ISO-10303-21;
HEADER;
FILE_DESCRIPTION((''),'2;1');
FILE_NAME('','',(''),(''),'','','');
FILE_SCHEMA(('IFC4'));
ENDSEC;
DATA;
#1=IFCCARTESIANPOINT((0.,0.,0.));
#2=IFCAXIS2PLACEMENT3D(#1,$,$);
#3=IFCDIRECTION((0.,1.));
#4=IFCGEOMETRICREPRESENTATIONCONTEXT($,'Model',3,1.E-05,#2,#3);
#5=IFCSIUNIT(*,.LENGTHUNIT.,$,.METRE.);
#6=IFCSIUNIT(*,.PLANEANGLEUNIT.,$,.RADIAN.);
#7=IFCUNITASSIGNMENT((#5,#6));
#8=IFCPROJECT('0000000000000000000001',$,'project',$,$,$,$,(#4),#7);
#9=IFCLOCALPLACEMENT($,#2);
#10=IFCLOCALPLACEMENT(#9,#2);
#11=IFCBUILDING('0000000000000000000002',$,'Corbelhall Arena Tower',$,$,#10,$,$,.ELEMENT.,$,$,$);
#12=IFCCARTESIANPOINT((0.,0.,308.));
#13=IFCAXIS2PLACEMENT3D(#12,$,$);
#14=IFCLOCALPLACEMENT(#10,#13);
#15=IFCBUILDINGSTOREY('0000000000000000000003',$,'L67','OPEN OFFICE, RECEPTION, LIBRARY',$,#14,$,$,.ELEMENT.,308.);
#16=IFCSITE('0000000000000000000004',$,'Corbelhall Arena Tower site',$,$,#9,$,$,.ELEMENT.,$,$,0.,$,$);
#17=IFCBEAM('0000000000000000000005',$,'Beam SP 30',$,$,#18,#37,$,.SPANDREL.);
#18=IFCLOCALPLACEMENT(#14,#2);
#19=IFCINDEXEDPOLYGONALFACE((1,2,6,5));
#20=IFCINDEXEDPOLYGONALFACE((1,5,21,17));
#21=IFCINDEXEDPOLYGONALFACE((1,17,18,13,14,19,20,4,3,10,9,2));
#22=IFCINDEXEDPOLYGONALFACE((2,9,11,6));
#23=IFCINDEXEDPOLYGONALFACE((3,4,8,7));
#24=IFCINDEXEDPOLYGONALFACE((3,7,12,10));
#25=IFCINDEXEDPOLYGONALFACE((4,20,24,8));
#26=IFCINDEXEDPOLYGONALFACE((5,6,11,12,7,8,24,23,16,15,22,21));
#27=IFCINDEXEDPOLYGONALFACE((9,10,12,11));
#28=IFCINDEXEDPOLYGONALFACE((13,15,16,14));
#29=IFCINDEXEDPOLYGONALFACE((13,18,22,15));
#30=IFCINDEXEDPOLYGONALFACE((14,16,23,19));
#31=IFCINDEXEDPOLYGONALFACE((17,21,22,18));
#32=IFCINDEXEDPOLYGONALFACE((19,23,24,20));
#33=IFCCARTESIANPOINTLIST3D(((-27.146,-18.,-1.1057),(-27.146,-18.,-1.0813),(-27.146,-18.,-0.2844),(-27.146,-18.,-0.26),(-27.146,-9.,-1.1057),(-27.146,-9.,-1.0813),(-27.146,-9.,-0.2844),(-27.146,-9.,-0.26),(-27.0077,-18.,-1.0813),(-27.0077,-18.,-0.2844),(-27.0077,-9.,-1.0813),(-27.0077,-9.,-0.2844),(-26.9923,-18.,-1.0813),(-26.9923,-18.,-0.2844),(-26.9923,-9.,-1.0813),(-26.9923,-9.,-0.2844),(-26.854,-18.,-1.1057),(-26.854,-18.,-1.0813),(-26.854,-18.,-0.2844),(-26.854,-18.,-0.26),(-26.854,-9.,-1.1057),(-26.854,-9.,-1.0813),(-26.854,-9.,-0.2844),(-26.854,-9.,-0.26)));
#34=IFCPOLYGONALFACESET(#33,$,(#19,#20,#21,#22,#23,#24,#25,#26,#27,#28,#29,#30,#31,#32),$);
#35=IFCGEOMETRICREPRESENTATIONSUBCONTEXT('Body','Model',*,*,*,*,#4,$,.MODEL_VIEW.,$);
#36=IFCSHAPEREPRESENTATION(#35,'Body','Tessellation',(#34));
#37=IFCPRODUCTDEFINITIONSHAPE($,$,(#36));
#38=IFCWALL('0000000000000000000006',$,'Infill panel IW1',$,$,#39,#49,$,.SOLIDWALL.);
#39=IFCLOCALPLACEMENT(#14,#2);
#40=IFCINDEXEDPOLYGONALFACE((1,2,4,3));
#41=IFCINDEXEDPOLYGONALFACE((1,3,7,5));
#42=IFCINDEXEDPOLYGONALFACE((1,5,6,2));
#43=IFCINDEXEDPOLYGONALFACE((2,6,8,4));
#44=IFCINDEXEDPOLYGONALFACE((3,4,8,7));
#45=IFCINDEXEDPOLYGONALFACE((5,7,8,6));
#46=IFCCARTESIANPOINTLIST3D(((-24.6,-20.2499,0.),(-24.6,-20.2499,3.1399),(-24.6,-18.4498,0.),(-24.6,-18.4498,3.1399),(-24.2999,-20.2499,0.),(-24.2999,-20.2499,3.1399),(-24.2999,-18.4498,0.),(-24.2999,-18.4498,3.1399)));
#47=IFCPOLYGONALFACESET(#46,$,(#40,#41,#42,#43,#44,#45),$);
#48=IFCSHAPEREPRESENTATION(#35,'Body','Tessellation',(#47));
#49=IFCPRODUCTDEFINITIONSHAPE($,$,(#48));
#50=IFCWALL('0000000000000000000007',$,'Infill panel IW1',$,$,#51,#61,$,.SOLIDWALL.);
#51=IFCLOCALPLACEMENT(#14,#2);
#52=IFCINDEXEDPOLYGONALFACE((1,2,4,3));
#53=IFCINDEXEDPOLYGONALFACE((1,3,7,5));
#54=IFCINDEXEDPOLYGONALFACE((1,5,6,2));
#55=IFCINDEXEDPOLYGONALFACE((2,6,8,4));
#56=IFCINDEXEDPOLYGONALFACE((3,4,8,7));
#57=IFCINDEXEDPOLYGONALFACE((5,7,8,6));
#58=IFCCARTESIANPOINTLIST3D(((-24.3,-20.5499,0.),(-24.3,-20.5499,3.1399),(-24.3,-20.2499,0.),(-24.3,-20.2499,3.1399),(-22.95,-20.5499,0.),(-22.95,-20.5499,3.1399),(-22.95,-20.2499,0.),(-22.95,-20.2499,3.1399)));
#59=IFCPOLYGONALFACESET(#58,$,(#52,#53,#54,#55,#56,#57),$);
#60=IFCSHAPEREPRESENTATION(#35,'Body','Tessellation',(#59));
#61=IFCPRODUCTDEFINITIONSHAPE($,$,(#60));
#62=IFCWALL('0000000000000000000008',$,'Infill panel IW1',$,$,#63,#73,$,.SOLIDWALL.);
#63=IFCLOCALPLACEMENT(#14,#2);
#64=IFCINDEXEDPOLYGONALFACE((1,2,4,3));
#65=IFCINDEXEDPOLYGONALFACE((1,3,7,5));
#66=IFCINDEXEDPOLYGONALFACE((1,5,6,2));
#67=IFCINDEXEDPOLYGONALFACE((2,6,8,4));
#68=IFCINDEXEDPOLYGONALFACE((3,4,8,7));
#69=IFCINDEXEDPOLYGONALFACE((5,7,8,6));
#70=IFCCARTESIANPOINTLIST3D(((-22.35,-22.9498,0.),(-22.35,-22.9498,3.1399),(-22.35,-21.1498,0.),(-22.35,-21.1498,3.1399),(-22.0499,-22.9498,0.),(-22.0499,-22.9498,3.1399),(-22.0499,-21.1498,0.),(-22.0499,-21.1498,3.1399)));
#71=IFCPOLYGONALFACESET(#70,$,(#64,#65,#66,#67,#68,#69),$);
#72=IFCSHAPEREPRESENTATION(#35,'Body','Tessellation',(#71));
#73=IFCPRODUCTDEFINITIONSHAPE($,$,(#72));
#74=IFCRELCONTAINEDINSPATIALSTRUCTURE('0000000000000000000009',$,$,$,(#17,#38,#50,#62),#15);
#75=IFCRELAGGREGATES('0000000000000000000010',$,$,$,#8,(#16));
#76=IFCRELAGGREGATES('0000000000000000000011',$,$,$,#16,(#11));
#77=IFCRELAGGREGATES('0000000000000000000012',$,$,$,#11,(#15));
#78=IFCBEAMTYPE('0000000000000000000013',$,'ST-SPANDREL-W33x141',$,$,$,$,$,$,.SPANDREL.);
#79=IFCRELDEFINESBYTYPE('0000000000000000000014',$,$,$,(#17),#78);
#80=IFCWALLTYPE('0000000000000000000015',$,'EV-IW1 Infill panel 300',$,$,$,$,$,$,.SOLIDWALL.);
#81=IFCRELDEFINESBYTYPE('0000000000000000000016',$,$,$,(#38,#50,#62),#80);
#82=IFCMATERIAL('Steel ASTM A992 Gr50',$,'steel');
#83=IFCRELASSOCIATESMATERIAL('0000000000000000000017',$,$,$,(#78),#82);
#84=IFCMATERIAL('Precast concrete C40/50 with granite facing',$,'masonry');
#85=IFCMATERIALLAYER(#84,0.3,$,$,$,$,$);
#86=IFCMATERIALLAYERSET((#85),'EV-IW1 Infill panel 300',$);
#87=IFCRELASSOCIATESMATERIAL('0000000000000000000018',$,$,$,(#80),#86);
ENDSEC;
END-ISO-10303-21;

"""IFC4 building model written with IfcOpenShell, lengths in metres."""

from ifc_helpers import new_model, si_unit, direction, frame, frame_2d, origin, origin_2d, place, context, subcontext, project, spatial, rectangle, i_section, extrude, material, layer, layer_set, material_profile, profile_set, type_object, element, save


model = new_model("IFC4")

# Units and contexts
model_context = context("Model", 3, precision=1e-05, world=origin(), true_north=direction((0.0, 1.0)))
body_context = subcontext(model_context, "Body", "Model", "MODEL_VIEW")
ifc_project = project(units=[si_unit("LENGTHUNIT", "METRE"), si_unit("PLANEANGLEUNIT", "RADIAN")], contexts=[model_context])

# Site, building, storey
site_placement = place(None, origin())
site = spatial("IfcSite", under=ifc_project, at=site_placement, Name="Corbelhall Arena Tower site", CompositionType="ELEMENT", RefElevation=0.0)
building_placement = place(site_placement, origin())
building = spatial("IfcBuilding", under=site, at=building_placement, Name="Corbelhall Arena Tower", CompositionType="ELEMENT")
storey_placement = place(building_placement, frame((0.0, 0.0, 308.0)))
storey = spatial("IfcBuildingStorey", under=building, at=storey_placement, Name="L67", Description="OPEN OFFICE, RECEPTION, LIBRARY", CompositionType="ELEMENT", Elevation=308.0)

# Beam
ifc_material_1 = material(Name="Steel ASTM A992 Gr50", Category="steel")
ifc_material_profile_1 = material_profile(ifc_material_1, i_section(OverallWidth=0.292, OverallDepth=0.8457, WebThickness=0.0154, FlangeThickness=0.0244, at=origin_2d()))
ifc_profile_set_1 = profile_set([ifc_material_profile_1], Name="Steel ASTM A992 Gr50")
beam_type_1 = type_object("IfcBeamType", Name="ST-SPANDREL-W33x141", PredefinedType="SPANDREL", material=ifc_profile_set_1)
beam_1_placement = place(storey_placement, frame((-27.0, -18.0, -0.6829), z_axis=(0.0, 1.0, 0.0), x_axis=(-1.0, 0.0, 0.0)))
element("IfcBeam", 1, at=beam_1_placement, inside=storey, type_object=beam_type_1, Name="Beam SP 30", PredefinedType="SPANDREL", context=body_context, shape_type="SweptSolid", body=[
    extrude(i_section(OverallWidth=0.292, OverallDepth=0.8457, WebThickness=0.0154, FlangeThickness=0.0244, at=origin_2d()), origin(), (0.0, 0.0, 1.0), 9.0),
])

# Walls
ifc_material_2 = material(Name="Precast concrete C40/50 with granite facing", Category="masonry")
ifc_layer_1 = layer(ifc_material_2, 0.3)
ifc_layer_set_1 = layer_set([ifc_layer_1], Name="EV-IW1 Infill panel 300")
wall_type_1 = type_object("IfcWallType", Name="EV-IW1 Infill panel 300", PredefinedType="SOLIDWALL", material=ifc_layer_set_1)
wall_1_placement = place(storey_placement, frame((-24.45, -18.45, 0.0), z_axis=(0.0, 0.0, 1.0), x_axis=(0.0, -1.0, 0.0)))
element("IfcWall", 2, at=wall_1_placement, inside=storey, type_object=wall_type_1, Name="Infill panel IW1", PredefinedType="SOLIDWALL", context=body_context, shape_type="SweptSolid", body=[
    extrude(rectangle(XDim=1.8, YDim=0.3, at=frame_2d((0.8999, 0.0))), origin(), (0.0, 0.0, 1.0), 3.1399),
])
wall_2_placement = place(storey_placement, frame((-24.3, -20.3999, 0.0), z_axis=(0.0, 0.0, 1.0), x_axis=(1.0, 0.0, 0.0)))
element("IfcWall", 3, at=wall_2_placement, inside=storey, type_object=wall_type_1, Name="Infill panel IW1", PredefinedType="SOLIDWALL", context=body_context, shape_type="SweptSolid", body=[
    extrude(rectangle(XDim=1.3501, YDim=0.3, at=frame_2d((0.675, 0.0))), origin(), (0.0, 0.0, 1.0), 3.1399),
])
wall_3_placement = place(storey_placement, frame((-22.2, -21.1499, 0.0), z_axis=(0.0, 0.0, 1.0), x_axis=(0.0, -1.0, 0.0)))
element("IfcWall", 4, at=wall_3_placement, inside=storey, type_object=wall_type_1, Name="Infill panel IW1", PredefinedType="SOLIDWALL", context=body_context, shape_type="SweptSolid", body=[
    extrude(rectangle(XDim=1.8, YDim=0.3, at=frame_2d((0.8999, 0.0))), origin(), (0.0, 0.0, 1.0), 3.1399),
])

save(model, "model.ifc")
